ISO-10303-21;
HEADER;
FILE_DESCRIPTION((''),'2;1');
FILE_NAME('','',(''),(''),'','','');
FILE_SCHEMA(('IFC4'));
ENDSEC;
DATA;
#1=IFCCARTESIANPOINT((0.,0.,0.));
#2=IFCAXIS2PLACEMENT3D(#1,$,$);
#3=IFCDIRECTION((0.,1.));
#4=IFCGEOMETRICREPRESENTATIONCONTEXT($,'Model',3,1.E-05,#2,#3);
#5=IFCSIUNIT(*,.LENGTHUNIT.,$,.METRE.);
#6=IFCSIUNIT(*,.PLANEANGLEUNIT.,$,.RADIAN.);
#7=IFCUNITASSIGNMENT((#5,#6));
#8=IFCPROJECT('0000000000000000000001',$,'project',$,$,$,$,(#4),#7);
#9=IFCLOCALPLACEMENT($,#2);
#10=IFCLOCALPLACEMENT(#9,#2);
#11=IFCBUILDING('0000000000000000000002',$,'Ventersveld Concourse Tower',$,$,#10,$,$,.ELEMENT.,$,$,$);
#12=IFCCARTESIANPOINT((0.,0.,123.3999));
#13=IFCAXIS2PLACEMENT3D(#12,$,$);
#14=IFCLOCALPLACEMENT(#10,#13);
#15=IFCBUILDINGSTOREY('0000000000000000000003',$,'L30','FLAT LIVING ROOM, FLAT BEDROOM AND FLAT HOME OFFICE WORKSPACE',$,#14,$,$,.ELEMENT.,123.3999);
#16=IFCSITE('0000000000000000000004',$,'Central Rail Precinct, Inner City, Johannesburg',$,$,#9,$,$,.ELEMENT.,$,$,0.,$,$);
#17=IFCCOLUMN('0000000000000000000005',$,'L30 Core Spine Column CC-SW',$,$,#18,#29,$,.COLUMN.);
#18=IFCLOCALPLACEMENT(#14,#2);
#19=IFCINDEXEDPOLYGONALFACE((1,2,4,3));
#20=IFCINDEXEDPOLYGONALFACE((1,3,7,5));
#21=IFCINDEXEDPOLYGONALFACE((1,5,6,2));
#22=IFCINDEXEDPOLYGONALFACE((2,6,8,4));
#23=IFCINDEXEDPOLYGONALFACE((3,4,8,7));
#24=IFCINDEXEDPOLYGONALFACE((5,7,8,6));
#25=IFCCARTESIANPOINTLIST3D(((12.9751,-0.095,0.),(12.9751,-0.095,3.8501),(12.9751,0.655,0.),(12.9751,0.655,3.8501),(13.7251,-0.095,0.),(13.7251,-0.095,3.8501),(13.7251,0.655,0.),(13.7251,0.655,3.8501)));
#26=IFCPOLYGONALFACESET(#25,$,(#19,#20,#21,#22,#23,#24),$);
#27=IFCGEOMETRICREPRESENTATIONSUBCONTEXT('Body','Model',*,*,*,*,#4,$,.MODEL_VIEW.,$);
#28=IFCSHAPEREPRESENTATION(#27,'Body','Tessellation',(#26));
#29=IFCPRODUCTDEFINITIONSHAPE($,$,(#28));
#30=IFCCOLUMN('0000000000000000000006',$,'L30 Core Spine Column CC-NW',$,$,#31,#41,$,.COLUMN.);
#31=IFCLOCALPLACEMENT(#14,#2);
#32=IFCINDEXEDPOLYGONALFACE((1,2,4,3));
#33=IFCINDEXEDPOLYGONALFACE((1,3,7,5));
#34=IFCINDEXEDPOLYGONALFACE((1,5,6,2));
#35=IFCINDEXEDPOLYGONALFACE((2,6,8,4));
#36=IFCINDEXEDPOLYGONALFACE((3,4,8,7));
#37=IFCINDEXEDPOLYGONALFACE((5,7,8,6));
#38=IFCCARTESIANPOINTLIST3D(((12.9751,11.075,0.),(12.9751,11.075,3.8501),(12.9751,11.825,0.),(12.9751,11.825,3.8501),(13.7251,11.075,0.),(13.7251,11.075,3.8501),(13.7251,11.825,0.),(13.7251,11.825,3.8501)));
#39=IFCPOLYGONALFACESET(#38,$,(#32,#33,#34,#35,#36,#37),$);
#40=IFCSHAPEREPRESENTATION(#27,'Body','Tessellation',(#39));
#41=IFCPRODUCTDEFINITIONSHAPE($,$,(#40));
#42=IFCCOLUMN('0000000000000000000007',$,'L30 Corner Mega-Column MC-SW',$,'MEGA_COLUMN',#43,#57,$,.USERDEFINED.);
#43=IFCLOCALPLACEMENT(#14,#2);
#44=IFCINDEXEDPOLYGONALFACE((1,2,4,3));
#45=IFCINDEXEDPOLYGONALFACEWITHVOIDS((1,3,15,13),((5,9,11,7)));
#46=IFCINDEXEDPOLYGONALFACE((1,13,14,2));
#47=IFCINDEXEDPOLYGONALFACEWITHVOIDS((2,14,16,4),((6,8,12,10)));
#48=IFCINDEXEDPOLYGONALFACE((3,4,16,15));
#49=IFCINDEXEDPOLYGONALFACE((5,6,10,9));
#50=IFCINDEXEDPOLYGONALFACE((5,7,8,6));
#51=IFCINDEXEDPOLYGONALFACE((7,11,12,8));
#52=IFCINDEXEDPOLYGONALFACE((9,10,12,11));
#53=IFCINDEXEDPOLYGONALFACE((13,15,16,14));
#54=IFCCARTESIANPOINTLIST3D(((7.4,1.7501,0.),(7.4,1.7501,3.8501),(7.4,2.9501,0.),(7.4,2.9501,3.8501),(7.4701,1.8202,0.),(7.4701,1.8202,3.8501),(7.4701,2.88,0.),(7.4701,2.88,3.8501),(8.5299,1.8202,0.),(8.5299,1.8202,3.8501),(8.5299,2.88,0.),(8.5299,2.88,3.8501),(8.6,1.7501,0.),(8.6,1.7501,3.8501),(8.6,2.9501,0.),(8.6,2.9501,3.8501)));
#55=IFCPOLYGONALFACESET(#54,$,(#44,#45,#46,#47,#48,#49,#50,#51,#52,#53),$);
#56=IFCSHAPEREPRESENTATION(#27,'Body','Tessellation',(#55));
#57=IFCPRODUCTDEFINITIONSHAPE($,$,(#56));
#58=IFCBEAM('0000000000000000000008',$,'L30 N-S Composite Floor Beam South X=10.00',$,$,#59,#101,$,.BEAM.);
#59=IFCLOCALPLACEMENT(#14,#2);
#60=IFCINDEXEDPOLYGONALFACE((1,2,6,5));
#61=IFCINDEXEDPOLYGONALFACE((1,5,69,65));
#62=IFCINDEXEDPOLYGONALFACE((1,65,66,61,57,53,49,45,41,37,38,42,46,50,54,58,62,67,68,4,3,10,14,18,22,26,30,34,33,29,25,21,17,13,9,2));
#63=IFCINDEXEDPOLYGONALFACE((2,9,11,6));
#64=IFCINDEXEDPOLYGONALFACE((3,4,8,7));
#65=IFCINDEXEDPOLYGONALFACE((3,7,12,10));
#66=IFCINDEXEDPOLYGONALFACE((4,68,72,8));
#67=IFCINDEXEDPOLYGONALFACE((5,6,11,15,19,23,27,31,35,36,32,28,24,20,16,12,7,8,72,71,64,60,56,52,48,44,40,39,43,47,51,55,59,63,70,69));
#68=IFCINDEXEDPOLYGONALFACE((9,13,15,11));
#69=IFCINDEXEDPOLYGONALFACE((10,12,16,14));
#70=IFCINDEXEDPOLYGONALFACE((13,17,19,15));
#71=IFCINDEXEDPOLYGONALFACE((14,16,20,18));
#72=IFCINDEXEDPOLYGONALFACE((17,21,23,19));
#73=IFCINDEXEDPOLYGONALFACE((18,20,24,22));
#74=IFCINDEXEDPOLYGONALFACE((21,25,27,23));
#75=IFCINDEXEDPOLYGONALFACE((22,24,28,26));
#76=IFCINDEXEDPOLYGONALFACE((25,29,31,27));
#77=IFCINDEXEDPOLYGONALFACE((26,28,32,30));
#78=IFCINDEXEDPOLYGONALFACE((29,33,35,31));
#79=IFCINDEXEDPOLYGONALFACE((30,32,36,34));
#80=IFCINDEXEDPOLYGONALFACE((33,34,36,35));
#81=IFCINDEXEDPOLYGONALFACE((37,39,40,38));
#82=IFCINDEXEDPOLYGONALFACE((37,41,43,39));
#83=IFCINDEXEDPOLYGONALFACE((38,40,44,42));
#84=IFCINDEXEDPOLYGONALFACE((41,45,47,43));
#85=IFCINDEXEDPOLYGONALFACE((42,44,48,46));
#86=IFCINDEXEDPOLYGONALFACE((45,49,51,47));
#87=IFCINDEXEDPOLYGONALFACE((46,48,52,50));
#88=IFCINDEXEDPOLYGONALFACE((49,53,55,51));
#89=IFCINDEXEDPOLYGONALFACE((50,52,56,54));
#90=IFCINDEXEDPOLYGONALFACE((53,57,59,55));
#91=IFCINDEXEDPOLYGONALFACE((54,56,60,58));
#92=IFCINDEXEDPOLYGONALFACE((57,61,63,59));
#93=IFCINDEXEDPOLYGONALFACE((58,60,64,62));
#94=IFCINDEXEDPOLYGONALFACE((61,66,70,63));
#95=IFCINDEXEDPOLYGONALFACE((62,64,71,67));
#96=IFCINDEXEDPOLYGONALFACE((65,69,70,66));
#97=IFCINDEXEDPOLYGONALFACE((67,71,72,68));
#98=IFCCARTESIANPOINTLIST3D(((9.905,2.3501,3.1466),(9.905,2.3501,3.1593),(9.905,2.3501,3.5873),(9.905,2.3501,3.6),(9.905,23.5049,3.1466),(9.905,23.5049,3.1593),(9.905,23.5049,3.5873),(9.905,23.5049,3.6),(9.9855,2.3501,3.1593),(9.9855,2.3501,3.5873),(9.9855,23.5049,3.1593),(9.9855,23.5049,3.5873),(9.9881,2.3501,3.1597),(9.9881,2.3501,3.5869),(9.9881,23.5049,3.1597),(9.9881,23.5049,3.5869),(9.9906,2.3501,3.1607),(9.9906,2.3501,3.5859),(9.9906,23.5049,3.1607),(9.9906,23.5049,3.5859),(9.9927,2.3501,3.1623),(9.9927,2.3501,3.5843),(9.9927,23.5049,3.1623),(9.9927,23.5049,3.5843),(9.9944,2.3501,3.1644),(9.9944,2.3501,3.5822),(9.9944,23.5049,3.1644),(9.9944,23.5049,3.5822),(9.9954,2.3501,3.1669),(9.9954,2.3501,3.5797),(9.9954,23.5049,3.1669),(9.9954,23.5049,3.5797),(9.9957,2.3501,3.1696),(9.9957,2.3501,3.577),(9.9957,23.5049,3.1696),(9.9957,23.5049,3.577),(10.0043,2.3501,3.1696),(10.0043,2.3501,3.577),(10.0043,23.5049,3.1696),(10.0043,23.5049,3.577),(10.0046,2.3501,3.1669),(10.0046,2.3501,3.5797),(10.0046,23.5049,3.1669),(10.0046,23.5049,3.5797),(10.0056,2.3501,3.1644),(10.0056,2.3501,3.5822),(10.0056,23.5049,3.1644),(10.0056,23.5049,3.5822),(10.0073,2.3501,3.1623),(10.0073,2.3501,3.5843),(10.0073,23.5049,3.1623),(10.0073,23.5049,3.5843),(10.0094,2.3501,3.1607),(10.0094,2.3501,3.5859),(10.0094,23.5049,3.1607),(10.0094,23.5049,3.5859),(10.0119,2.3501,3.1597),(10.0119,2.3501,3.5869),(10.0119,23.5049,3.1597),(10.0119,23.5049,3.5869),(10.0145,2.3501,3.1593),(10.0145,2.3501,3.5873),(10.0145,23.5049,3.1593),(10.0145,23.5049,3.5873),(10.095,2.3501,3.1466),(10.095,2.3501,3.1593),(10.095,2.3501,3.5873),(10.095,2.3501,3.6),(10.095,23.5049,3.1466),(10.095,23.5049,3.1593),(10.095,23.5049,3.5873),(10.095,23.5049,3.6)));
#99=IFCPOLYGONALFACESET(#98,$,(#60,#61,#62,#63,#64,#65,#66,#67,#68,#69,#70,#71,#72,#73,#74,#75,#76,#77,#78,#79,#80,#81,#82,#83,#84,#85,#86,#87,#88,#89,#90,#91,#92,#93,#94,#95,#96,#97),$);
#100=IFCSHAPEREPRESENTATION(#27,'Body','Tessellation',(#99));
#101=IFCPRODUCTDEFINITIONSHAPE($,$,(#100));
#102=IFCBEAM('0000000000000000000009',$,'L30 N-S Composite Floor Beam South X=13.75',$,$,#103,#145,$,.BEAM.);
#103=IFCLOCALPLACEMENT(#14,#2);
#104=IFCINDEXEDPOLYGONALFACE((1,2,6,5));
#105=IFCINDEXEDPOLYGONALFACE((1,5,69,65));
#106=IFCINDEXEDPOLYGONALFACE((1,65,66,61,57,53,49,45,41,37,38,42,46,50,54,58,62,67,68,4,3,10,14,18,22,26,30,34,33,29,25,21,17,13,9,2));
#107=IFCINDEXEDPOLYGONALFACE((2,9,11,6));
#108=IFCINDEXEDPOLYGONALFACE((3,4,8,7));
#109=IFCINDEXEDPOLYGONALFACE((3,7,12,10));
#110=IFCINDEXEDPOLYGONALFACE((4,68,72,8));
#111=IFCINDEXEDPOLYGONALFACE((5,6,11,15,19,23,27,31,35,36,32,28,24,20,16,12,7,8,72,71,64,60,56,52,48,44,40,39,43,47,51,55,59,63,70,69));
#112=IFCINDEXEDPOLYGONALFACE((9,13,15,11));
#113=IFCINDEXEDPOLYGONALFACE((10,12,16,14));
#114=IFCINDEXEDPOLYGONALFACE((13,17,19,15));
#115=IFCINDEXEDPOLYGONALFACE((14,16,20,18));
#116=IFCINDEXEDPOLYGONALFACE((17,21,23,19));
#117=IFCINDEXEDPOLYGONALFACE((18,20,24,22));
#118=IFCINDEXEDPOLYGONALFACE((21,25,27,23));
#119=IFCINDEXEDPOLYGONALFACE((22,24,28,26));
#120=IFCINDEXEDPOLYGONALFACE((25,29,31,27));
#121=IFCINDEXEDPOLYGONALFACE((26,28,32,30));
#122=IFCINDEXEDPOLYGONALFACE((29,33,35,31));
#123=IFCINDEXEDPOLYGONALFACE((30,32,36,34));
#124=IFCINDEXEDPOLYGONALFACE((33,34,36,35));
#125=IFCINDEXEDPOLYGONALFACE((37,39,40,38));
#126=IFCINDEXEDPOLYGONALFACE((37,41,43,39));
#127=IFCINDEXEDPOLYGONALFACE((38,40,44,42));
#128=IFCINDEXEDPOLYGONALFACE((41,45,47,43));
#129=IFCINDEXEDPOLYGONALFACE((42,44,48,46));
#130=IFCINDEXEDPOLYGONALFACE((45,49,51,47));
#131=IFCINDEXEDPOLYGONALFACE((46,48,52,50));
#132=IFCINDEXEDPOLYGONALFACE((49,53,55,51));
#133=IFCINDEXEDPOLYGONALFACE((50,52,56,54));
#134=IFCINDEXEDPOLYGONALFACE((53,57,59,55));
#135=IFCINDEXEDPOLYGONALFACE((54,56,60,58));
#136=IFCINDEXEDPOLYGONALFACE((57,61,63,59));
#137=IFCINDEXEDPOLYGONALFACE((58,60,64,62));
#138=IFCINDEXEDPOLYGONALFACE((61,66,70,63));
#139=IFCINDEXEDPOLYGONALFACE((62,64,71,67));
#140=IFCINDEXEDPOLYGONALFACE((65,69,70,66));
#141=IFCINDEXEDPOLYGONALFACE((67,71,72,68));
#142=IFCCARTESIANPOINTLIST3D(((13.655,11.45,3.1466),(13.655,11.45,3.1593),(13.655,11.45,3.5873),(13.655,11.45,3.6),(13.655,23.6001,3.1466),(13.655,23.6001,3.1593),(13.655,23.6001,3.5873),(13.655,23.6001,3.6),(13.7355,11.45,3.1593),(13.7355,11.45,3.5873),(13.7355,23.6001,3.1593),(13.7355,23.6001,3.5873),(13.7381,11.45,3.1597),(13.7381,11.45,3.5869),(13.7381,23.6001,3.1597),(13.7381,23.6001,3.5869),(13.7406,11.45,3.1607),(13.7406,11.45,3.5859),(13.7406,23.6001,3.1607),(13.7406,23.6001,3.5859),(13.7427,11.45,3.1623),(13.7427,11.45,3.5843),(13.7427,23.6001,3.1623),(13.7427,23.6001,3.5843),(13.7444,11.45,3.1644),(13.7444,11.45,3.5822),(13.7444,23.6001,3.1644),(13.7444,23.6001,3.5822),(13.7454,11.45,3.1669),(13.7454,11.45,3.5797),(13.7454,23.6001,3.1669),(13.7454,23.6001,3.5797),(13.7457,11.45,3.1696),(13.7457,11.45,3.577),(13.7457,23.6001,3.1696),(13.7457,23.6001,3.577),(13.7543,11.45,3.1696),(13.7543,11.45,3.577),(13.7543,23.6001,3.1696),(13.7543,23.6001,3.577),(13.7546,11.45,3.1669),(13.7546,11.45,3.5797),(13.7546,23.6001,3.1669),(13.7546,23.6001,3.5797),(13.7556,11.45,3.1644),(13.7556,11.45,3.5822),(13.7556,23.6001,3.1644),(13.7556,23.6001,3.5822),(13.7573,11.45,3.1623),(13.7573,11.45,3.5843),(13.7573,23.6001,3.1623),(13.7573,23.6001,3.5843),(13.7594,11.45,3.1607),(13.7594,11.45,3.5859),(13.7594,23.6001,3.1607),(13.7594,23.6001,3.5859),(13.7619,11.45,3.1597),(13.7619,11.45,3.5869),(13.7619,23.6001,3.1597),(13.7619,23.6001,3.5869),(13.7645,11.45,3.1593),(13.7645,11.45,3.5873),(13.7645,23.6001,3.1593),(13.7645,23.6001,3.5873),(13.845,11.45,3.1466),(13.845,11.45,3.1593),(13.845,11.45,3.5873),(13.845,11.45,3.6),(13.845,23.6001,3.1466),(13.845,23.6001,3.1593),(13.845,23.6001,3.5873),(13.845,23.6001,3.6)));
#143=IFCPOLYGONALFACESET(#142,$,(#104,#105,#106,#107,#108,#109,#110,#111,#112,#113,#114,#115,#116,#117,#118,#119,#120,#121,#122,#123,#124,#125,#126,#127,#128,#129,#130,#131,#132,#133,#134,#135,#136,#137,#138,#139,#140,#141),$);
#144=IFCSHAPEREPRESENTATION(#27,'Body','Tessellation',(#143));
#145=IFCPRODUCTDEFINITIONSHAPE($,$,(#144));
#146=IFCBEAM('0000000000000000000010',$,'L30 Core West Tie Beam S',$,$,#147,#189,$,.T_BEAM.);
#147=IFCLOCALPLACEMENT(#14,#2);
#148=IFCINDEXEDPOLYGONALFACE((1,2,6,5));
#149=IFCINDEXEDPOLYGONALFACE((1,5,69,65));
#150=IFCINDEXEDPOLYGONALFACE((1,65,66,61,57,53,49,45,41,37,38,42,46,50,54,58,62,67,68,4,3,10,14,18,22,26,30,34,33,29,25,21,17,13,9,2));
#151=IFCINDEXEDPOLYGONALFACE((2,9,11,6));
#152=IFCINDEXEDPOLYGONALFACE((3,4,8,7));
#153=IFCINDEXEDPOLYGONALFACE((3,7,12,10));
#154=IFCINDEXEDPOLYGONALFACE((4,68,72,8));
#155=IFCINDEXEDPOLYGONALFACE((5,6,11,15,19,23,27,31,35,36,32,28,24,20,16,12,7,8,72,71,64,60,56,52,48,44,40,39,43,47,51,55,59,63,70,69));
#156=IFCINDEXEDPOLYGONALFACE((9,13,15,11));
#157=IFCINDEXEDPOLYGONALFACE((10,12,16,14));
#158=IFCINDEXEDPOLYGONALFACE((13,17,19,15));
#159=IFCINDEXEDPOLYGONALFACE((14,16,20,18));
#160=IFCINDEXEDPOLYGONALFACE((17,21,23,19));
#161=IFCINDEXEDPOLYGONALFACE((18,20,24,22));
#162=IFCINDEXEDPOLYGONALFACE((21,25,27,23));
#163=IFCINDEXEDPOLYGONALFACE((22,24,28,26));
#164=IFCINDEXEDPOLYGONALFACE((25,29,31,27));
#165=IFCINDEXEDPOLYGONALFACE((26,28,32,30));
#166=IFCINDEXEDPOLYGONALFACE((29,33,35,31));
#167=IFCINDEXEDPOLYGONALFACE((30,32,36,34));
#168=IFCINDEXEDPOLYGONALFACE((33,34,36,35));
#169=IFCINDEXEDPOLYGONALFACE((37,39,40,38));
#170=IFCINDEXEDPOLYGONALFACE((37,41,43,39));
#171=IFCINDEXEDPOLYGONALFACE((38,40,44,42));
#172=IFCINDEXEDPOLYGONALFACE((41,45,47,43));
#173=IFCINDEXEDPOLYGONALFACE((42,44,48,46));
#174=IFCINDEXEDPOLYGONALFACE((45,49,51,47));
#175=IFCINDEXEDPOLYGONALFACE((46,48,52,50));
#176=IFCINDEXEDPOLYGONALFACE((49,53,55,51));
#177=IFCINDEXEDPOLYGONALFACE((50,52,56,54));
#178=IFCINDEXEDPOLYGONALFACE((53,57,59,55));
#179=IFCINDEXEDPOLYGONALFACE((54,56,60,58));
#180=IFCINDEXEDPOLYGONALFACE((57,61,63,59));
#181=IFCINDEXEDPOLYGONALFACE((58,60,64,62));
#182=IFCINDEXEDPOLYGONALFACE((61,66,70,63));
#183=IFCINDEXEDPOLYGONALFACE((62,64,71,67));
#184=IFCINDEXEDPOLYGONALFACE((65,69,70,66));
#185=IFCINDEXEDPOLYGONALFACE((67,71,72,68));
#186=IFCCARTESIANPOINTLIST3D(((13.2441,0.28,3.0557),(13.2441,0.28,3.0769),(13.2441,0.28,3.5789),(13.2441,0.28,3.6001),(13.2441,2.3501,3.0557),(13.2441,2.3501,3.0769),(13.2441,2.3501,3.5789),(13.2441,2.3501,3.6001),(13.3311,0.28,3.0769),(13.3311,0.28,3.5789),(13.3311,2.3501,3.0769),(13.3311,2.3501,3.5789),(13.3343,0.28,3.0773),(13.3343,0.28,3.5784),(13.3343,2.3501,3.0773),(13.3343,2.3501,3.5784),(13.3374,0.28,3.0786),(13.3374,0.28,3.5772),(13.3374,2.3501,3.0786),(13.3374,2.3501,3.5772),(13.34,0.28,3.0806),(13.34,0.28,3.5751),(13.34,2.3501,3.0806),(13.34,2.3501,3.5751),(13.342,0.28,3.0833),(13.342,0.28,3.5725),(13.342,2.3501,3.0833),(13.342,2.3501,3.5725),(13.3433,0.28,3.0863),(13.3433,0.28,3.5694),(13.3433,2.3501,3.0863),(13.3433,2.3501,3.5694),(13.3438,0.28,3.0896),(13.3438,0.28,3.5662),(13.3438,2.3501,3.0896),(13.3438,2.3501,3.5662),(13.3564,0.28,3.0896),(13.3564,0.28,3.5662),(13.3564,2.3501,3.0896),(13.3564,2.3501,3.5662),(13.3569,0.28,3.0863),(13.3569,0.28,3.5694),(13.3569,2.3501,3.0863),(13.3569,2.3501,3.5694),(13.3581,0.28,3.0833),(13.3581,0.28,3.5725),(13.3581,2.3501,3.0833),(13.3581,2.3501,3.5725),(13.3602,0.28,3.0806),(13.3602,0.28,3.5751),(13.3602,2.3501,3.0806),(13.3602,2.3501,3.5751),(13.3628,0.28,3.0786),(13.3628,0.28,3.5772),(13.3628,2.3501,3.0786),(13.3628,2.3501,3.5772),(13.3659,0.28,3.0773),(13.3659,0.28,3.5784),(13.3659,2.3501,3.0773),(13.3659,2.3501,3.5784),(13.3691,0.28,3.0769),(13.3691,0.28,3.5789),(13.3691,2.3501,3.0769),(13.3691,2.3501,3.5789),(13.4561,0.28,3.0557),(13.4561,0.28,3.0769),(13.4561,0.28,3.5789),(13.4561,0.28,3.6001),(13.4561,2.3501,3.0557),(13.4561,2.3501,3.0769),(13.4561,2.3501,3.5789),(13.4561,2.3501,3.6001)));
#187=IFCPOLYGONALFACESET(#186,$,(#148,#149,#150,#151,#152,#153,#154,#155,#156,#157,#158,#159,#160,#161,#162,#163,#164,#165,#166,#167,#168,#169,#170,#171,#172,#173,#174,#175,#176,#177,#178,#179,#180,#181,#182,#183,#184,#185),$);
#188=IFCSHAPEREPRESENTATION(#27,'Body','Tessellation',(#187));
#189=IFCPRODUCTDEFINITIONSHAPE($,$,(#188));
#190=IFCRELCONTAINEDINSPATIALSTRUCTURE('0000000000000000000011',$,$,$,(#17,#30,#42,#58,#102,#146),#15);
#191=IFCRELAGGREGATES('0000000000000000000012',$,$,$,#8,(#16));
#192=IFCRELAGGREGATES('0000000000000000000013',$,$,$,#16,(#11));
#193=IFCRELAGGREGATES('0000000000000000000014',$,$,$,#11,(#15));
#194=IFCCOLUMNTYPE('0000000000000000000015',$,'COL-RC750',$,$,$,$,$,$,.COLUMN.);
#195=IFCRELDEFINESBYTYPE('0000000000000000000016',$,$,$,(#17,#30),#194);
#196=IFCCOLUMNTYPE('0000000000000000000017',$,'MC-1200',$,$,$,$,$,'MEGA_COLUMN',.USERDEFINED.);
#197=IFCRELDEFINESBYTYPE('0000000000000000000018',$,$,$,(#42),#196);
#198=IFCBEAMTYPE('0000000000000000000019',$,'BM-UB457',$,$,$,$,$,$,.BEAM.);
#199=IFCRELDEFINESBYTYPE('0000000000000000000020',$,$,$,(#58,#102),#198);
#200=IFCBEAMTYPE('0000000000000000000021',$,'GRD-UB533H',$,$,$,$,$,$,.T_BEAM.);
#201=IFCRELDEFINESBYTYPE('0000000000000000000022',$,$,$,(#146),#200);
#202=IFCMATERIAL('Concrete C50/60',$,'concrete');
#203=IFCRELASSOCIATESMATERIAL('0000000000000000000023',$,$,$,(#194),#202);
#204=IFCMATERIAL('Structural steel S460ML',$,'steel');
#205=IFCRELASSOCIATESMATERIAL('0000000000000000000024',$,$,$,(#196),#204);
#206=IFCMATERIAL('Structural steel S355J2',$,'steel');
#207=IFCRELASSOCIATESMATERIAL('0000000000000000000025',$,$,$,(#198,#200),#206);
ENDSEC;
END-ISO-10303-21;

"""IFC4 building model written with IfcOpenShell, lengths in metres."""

from ifc_helpers import new_model, si_unit, direction, frame, origin, origin_2d, place, context, subcontext, project, spatial, rectangle, hollow_rectangle, i_section, extrude, material, material_profile, profile_set, type_object, element, save


model = new_model("IFC4")

# Units and contexts
model_context = context("Model", 3, precision=1e-05, world=origin(), true_north=direction((0.0, 1.0)))
body_context = subcontext(model_context, "Body", "Model", "MODEL_VIEW")
ifc_project = project(units=[si_unit("LENGTHUNIT", "METRE"), si_unit("PLANEANGLEUNIT", "RADIAN")], contexts=[model_context])

# Site, building, storey
site_placement = place(None, origin())
site = spatial("IfcSite", under=ifc_project, at=site_placement, Name="Central Rail Precinct, Inner City, Johannesburg", CompositionType="ELEMENT", RefElevation=0.0)
building_placement = place(site_placement, origin())
building = spatial("IfcBuilding", under=site, at=building_placement, Name="Ventersveld Concourse Tower", CompositionType="ELEMENT")
storey_placement = place(building_placement, frame((0.0, 0.0, 123.3999)))
storey = spatial("IfcBuildingStorey", under=building, at=storey_placement, Name="L30", Description="FLAT LIVING ROOM, FLAT BEDROOM AND FLAT HOME OFFICE WORKSPACE", CompositionType="ELEMENT", Elevation=123.3999)

# Columns
ifc_material_1 = material(Name="Concrete C50/60", Category="concrete")
ifc_material_profile_1 = material_profile(ifc_material_1, rectangle(XDim=0.75, YDim=0.75, at=origin_2d()), Name="RC 750x750")
ifc_profile_set_1 = profile_set([ifc_material_profile_1], Name="Concrete C50/60")
column_type_1 = type_object("IfcColumnType", Name="COL-RC750", PredefinedType="COLUMN", material=ifc_profile_set_1)
for number, where, z_axis, x_axis, name in (
    (1, (13.3501, 0.28, 0.0), (0.0, 0.0, 1.0), (1.0, 0.0, 0.0), "L30 Core Spine Column CC-SW"),
    (2, (13.3501, 11.45, 0.0), (0.0, 0.0, 1.0), (1.0, 0.0, 0.0), "L30 Core Spine Column CC-NW"),
):
    element("IfcColumn", number, at=place(storey_placement, frame(where, z_axis=z_axis, x_axis=x_axis)), inside=storey, type_object=column_type_1, Name=name, PredefinedType="COLUMN", context=body_context, shape_type="SweptSolid", body=[
        extrude(rectangle(XDim=0.75, YDim=0.75, at=origin_2d()), origin(), (0.0, 0.0, 1.0), 3.8501),
    ])
ifc_material_2 = material(Name="Structural steel S460ML", Category="steel")
ifc_material_profile_2 = material_profile(ifc_material_2, hollow_rectangle(XDim=1.2, YDim=1.2, WallThickness=0.0701, at=origin_2d()), Name="BOX 1200x1200x70")
ifc_profile_set_2 = profile_set([ifc_material_profile_2], Name="Structural steel S460ML")
column_type_2 = type_object("IfcColumnType", Name="MC-1200", ElementType="MEGA_COLUMN", PredefinedType="USERDEFINED", material=ifc_profile_set_2)
column_placement = place(storey_placement, frame((8.0, 2.3501, 0.0), z_axis=(0.0, 0.0, 1.0), x_axis=(1.0, 0.0, 0.0)))
element("IfcColumn", 3, at=column_placement, inside=storey, type_object=column_type_2, Name="L30 Corner Mega-Column MC-SW", ObjectType="MEGA_COLUMN", PredefinedType="USERDEFINED", context=body_context, shape_type="SweptSolid", body=[
    extrude(hollow_rectangle(XDim=1.2, YDim=1.2, WallThickness=0.0701, at=origin_2d()), origin(), (0.0, 0.0, 1.0), 3.8501),
])

# Beams
ifc_material_3 = material(Name="Structural steel S355J2", Category="steel")
ifc_material_profile_3 = material_profile(ifc_material_3, i_section(OverallWidth=0.1899, OverallDepth=0.4534, WebThickness=0.0085, FlangeThickness=0.0127, FilletRadius=0.0103, at=origin_2d()), Name="UB 457x191x67")
ifc_profile_set_3 = profile_set([ifc_material_profile_3], Name="Structural steel S355J2")
beam_type_1 = type_object("IfcBeamType", Name="BM-UB457", PredefinedType="BEAM", material=ifc_profile_set_3)
beam_1_placement = place(storey_placement, frame((10.0, 2.3501, 3.3733), z_axis=(0.0, 1.0, 0.0), x_axis=(-1.0, 0.0, 0.0)))
element("IfcBeam", 4, at=beam_1_placement, inside=storey, type_object=beam_type_1, Name="L30 N-S Composite Floor Beam South X=10.00", PredefinedType="BEAM", context=body_context, shape_type="SweptSolid", body=[
    extrude(i_section(OverallWidth=0.1899, OverallDepth=0.4534, WebThickness=0.0085, FlangeThickness=0.0127, FilletRadius=0.0103, at=origin_2d()), origin(), (0.0, 0.0, 1.0), 21.1548),
])
beam_2_placement = place(storey_placement, frame((13.75, 11.45, 3.3733), z_axis=(0.0, 1.0, 0.0), x_axis=(-1.0, 0.0, 0.0)))
element("IfcBeam", 5, at=beam_2_placement, inside=storey, type_object=beam_type_1, Name="L30 N-S Composite Floor Beam South X=13.75", PredefinedType="BEAM", context=body_context, shape_type="SweptSolid", body=[
    extrude(i_section(OverallWidth=0.1899, OverallDepth=0.4534, WebThickness=0.0085, FlangeThickness=0.0127, FilletRadius=0.0103, at=origin_2d()), origin(), (0.0, 0.0, 1.0), 12.1501),
])
ifc_material_profile_4 = material_profile(ifc_material_3, i_section(OverallWidth=0.2119, OverallDepth=0.5444, WebThickness=0.0127, FlangeThickness=0.0212, FilletRadius=0.0127, at=origin_2d()), Name="UB 533x210x122")
ifc_profile_set_4 = profile_set([ifc_material_profile_4], Name="Structural steel S355J2")
beam_type_2 = type_object("IfcBeamType", Name="GRD-UB533H", PredefinedType="T_BEAM", material=ifc_profile_set_4)
beam_3_placement = place(storey_placement, frame((13.3501, 0.28, 3.3279), z_axis=(0.0, 1.0, 0.0), x_axis=(-1.0, 0.0, 0.0)))
element("IfcBeam", 6, at=beam_3_placement, inside=storey, type_object=beam_type_2, Name="L30 Core West Tie Beam S", PredefinedType="T_BEAM", context=body_context, shape_type="SweptSolid", body=[
    extrude(i_section(OverallWidth=0.2119, OverallDepth=0.5444, WebThickness=0.0127, FlangeThickness=0.0212, FilletRadius=0.0127, at=origin_2d()), origin(), (0.0, 0.0, 1.0), 2.0701),
])

save(model, "model.ifc")
